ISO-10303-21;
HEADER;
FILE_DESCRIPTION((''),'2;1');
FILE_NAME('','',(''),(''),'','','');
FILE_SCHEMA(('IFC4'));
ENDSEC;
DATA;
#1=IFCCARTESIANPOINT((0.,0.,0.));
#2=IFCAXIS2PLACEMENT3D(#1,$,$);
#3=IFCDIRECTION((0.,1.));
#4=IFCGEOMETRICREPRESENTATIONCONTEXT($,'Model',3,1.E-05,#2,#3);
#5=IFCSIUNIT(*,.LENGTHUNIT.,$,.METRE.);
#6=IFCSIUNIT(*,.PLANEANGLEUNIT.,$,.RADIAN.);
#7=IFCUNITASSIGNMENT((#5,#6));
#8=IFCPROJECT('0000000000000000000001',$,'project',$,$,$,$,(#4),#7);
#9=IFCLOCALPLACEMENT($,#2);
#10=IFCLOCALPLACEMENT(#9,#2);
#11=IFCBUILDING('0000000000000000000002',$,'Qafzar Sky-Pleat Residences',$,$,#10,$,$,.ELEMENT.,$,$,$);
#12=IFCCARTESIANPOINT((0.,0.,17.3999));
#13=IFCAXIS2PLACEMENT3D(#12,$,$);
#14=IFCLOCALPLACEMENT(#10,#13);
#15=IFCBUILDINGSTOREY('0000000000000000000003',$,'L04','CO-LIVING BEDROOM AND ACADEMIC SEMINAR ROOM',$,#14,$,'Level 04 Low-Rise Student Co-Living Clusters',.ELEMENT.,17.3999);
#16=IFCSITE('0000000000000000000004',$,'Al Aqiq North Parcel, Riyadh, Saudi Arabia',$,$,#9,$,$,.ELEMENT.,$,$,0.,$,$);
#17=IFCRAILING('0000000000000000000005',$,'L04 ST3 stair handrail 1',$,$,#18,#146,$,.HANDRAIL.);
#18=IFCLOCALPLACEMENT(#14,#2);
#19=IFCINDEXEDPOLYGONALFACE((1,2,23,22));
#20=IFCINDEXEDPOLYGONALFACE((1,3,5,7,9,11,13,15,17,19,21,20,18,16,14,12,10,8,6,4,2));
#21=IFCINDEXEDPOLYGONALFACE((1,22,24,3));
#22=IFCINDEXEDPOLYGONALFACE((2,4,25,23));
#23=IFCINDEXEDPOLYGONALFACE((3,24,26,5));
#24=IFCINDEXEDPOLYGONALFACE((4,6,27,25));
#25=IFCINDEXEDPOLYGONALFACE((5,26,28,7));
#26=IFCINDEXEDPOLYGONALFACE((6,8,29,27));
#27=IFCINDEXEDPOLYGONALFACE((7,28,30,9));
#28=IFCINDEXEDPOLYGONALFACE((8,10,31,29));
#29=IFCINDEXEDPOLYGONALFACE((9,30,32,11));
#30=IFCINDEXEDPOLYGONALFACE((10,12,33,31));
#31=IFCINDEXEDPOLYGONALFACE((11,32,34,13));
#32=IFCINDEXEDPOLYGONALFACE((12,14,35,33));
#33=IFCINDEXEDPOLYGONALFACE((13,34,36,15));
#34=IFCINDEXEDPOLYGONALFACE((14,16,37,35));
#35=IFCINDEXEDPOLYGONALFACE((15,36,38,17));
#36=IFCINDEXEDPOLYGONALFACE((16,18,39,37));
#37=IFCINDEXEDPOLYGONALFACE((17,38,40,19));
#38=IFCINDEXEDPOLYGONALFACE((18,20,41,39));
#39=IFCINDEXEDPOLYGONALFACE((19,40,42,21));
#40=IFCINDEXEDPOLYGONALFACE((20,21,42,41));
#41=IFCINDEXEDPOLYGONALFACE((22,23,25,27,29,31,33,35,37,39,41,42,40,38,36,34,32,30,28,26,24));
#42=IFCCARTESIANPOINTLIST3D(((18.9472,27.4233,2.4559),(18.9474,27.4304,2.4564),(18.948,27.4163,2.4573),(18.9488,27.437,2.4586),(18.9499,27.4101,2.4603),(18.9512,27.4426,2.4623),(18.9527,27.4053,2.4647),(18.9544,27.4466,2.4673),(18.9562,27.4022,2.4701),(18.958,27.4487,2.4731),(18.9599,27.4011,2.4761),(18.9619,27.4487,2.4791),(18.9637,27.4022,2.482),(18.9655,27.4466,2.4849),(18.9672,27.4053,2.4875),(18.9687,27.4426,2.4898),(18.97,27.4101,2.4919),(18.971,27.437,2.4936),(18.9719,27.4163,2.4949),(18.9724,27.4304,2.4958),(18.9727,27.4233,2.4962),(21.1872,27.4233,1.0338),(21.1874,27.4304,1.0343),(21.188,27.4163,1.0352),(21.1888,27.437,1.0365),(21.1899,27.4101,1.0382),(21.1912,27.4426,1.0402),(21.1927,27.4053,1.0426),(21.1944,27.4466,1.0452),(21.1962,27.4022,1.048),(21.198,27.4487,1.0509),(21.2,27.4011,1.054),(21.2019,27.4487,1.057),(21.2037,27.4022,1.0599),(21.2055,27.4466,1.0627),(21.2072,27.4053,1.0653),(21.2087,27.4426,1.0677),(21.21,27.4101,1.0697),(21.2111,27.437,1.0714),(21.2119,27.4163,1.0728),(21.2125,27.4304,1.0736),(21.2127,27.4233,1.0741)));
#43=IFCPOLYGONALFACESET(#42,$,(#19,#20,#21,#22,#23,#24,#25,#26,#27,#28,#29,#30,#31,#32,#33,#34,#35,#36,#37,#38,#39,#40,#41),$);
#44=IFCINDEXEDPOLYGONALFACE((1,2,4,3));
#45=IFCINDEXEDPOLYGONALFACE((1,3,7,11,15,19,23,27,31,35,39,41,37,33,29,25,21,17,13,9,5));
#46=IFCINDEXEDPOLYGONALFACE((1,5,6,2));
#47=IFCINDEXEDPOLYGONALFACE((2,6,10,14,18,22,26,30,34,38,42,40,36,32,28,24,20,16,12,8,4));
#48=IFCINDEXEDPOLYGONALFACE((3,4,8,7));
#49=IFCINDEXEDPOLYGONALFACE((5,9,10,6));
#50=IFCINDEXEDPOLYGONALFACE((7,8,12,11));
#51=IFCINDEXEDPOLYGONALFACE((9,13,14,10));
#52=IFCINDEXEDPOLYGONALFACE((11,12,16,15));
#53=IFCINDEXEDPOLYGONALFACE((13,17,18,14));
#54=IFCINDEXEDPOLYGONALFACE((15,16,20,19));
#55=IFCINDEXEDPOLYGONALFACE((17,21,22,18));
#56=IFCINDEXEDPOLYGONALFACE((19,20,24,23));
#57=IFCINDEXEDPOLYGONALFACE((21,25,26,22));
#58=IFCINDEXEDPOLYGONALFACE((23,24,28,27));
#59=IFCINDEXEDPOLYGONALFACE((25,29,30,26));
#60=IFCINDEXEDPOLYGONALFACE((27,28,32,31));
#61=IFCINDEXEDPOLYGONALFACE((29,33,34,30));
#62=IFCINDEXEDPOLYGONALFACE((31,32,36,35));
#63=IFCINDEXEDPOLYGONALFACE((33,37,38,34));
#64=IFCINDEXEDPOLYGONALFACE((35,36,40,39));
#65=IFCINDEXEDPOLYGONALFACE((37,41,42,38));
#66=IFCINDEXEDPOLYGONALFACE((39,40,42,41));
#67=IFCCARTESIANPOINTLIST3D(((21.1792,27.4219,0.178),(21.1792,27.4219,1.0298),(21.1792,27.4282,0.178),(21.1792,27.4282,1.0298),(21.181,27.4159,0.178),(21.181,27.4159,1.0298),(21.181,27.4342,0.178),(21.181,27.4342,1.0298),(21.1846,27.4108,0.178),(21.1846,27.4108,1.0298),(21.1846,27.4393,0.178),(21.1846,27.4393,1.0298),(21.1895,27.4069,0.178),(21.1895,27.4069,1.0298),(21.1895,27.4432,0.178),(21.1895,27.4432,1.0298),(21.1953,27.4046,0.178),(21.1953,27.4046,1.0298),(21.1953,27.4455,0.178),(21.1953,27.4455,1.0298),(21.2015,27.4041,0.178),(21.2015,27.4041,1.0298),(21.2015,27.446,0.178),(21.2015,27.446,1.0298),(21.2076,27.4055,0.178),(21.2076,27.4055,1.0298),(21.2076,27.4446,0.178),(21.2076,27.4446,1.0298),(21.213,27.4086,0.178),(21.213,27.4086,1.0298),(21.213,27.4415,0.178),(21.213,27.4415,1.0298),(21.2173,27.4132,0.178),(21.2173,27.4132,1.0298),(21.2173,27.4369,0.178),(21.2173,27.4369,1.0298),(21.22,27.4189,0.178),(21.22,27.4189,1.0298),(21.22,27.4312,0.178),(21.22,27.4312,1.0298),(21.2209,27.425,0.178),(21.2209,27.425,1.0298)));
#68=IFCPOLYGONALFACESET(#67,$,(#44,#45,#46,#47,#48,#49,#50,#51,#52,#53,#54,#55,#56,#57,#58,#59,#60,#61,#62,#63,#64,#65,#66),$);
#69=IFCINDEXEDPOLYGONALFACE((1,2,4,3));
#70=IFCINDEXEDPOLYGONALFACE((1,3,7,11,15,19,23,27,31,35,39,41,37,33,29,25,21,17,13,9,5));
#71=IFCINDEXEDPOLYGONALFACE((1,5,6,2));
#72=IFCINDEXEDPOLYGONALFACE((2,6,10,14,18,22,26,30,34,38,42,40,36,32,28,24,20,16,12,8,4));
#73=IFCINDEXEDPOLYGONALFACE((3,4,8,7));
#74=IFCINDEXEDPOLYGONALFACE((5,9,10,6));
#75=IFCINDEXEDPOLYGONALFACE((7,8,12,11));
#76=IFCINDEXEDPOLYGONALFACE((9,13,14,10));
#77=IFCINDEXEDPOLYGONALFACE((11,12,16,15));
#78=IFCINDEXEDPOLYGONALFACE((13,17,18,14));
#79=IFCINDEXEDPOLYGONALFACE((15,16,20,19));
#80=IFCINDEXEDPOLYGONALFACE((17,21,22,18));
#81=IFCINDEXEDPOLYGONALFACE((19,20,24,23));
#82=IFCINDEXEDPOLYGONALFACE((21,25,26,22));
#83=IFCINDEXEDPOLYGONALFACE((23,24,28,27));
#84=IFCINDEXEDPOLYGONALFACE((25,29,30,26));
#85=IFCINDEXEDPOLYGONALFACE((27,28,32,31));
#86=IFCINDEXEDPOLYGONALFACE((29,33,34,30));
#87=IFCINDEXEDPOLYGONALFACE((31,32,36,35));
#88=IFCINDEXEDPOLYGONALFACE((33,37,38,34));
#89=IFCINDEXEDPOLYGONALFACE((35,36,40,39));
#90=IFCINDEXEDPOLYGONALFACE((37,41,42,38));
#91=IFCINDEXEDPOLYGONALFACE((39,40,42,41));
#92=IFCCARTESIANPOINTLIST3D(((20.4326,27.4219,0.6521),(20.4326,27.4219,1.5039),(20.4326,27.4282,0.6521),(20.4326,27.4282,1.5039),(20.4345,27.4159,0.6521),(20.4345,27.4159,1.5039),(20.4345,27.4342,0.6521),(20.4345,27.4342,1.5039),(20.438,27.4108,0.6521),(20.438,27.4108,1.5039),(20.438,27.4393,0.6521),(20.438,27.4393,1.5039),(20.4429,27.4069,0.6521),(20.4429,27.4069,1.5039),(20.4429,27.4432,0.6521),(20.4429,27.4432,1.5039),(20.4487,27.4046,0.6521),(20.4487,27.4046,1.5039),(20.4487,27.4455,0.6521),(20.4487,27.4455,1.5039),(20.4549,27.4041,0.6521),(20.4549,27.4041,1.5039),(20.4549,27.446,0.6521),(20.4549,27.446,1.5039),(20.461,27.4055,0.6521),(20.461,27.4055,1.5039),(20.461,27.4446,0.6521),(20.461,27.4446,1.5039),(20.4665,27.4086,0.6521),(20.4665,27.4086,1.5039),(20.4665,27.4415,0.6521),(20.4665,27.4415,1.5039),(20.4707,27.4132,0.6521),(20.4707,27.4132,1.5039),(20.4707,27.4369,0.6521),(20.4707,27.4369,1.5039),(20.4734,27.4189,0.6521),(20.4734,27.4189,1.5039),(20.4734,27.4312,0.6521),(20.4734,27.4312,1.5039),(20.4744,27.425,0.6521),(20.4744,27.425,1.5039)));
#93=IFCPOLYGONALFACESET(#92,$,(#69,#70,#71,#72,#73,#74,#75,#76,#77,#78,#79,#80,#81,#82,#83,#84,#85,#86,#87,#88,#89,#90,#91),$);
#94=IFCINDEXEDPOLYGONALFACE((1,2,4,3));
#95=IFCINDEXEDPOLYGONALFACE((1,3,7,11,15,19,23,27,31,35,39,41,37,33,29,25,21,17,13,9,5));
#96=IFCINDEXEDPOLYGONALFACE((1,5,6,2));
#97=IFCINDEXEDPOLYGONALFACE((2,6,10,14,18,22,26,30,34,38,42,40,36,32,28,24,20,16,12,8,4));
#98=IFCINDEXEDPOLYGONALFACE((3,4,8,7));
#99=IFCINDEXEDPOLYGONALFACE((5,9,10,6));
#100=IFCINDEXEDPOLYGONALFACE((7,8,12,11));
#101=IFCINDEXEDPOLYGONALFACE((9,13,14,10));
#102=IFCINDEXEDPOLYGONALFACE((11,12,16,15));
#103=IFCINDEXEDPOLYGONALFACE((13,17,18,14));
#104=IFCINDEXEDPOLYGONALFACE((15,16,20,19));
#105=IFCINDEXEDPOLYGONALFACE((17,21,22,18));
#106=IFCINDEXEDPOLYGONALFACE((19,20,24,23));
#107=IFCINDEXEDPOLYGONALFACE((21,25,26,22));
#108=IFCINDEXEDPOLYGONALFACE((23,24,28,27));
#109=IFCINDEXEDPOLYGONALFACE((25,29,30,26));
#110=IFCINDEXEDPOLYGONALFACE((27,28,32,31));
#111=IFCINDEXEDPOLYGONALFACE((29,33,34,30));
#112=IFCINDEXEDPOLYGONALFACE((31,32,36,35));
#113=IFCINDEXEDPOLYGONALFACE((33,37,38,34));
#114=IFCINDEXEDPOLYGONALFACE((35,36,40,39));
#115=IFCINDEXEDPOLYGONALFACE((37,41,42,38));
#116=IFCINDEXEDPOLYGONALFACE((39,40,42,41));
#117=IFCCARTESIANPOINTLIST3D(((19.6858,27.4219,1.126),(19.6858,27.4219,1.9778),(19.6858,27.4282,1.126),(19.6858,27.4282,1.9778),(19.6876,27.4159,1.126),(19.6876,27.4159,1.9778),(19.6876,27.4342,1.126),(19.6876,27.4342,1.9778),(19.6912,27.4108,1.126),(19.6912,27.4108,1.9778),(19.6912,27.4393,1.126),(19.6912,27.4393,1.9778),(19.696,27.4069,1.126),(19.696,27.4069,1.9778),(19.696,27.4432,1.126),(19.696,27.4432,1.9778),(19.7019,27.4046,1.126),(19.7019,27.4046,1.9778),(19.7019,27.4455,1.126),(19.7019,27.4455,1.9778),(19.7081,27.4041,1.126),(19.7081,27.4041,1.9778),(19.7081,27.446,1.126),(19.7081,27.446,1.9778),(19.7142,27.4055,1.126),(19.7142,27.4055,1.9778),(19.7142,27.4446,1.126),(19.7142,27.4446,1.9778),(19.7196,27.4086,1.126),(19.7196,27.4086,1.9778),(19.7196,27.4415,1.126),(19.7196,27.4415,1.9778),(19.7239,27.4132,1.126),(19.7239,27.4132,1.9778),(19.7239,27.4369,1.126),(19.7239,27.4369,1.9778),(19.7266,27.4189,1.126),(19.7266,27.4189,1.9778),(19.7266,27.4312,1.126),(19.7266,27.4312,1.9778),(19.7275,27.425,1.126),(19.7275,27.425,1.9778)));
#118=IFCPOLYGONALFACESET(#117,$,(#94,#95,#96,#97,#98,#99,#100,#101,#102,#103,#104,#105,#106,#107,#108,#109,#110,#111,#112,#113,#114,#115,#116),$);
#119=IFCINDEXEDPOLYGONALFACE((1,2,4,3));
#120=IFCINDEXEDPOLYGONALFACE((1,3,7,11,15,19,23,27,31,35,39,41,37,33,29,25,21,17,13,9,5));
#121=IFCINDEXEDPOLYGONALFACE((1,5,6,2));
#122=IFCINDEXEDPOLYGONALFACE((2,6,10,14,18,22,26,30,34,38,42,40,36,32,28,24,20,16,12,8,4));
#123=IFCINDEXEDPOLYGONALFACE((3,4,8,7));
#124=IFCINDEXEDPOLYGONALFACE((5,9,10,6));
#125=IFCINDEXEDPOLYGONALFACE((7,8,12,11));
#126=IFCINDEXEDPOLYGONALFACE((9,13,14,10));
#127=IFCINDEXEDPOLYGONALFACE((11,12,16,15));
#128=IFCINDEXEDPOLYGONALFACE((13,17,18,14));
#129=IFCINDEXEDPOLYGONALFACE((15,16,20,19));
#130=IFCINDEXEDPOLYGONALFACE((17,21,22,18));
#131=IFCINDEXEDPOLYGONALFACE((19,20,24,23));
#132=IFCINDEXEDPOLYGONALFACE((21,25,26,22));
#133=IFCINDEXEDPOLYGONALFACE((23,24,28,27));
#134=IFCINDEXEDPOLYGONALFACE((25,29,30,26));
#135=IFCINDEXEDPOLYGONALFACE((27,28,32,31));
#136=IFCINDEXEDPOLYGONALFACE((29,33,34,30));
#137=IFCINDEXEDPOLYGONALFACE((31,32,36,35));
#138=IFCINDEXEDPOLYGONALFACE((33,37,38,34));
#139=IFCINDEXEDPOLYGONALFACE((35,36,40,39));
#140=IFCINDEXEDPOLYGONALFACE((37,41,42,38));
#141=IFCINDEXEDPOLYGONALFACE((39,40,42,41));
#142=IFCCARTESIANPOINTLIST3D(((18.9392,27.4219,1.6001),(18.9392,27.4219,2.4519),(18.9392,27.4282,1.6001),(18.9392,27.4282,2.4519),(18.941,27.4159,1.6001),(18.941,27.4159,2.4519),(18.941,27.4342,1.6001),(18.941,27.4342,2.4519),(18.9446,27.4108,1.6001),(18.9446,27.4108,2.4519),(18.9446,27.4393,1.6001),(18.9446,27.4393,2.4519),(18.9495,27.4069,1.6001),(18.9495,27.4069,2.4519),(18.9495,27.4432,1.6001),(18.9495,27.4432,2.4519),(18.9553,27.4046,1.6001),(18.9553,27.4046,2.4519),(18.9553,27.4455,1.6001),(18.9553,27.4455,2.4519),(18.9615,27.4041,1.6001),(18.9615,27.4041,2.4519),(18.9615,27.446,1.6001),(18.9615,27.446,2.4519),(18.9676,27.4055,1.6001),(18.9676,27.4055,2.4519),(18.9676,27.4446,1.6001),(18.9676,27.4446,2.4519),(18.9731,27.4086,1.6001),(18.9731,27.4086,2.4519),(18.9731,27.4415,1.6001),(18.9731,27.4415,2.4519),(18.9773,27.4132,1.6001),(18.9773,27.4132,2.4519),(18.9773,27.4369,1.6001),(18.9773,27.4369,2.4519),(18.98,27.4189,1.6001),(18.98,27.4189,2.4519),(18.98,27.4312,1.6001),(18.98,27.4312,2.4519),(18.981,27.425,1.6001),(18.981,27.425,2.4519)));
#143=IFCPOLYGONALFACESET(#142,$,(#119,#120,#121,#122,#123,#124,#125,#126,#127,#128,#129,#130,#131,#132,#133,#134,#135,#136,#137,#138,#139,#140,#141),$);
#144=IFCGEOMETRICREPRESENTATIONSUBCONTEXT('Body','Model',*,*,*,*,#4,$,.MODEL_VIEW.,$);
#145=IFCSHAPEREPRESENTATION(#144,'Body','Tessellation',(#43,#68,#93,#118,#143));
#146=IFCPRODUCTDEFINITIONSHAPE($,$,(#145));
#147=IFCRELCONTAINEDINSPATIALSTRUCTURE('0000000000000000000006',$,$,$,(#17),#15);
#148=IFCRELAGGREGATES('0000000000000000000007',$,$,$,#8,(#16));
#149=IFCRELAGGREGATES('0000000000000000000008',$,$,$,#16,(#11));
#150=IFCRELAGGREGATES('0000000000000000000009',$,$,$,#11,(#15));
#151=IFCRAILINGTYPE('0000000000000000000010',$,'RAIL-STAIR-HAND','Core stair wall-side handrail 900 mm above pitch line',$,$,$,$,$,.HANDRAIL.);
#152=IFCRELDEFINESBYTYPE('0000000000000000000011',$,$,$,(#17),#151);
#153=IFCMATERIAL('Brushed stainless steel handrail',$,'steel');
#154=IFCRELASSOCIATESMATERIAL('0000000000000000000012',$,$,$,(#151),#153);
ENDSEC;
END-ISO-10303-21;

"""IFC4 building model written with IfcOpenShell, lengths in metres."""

from ifc_helpers import new_model, si_unit, direction, frame, origin, origin_2d, place, context, subcontext, project, spatial, circle, extrude, source, transform, mapped, material, type_object, element, save


model = new_model("IFC4")

# Units and contexts
model_context = context("Model", 3, precision=1e-05, world=origin(), true_north=direction((0.0, 1.0)))
body_context = subcontext(model_context, "Body", "Model", "MODEL_VIEW")
ifc_project = project(units=[si_unit("LENGTHUNIT", "METRE"), si_unit("PLANEANGLEUNIT", "RADIAN")], contexts=[model_context])

# Site, building, storey
site_placement = place(None, origin())
site = spatial("IfcSite", under=ifc_project, at=site_placement, Name="Al Aqiq North Parcel, Riyadh, Saudi Arabia", CompositionType="ELEMENT", RefElevation=0.0)
building_placement = place(site_placement, origin())
building = spatial("IfcBuilding", under=site, at=building_placement, Name="Qafzar Sky-Pleat Residences", CompositionType="ELEMENT")
storey_placement = place(building_placement, frame((0.0, 0.0, 17.3999)))
storey = spatial("IfcBuildingStorey", under=building, at=storey_placement, Name="L04", Description="CO-LIVING BEDROOM AND ACADEMIC SEMINAR ROOM", LongName="Level 04 Low-Rise Student Co-Living Clusters", CompositionType="ELEMENT", Elevation=17.3999)

# Railing
ifc_material_1 = material(Name="Brushed stainless steel handrail", Category="steel")
railing_type_1 = type_object("IfcRailingType", Name="RAIL-STAIR-HAND", Description="Core stair wall-side handrail 900 mm above pitch line", PredefinedType="HANDRAIL", material=ifc_material_1)
shared_shape_1 = source(origin(), body_context, "Body", "SweptSolid", [
    extrude(circle(Radius=0.0239, at=origin_2d()), frame((0.0, 0.0, 0.876), z_axis=(-0.844229, 0.0, 0.535982), x_axis=(0.0, -1.0, 0.0)), (0.0, 0.0, 1.0), 2.6533),
    extrude(circle(Radius=0.021, at=origin_2d()), origin(), (0.0, 0.0, 1.0), 0.8518),
    extrude(circle(Radius=0.021, at=origin_2d()), frame((-0.7466, 0.0, 0.4741)), (0.0, 0.0, 1.0), 0.8518),
    extrude(circle(Radius=0.021, at=origin_2d()), frame((-1.4934, 0.0, 0.948)), (0.0, 0.0, 1.0), 0.8518),
    extrude(circle(Radius=0.021, at=origin_2d()), frame((-2.24, 0.0, 1.4221)), (0.0, 0.0, 1.0), 0.8518),
])
railing_1_placement = place(storey_placement, frame((21.2, 27.425, 0.178)))
element("IfcRailing", 1, at=railing_1_placement, inside=storey, type_object=railing_type_1, Name="L04 ST3 stair handrail 1", PredefinedType="HANDRAIL", context=body_context, shape_type="MappedRepresentation", body=[
    mapped(shared_shape_1, transform((0.0, 0.0, 0.0), x_axis=(1.0, 0.0, 0.0), y_axis=(0.0, 1.0, 0.0), z_axis=(0.0, 0.0, 1.0), scale=1.0)),
])

save(model, "model.ifc")
